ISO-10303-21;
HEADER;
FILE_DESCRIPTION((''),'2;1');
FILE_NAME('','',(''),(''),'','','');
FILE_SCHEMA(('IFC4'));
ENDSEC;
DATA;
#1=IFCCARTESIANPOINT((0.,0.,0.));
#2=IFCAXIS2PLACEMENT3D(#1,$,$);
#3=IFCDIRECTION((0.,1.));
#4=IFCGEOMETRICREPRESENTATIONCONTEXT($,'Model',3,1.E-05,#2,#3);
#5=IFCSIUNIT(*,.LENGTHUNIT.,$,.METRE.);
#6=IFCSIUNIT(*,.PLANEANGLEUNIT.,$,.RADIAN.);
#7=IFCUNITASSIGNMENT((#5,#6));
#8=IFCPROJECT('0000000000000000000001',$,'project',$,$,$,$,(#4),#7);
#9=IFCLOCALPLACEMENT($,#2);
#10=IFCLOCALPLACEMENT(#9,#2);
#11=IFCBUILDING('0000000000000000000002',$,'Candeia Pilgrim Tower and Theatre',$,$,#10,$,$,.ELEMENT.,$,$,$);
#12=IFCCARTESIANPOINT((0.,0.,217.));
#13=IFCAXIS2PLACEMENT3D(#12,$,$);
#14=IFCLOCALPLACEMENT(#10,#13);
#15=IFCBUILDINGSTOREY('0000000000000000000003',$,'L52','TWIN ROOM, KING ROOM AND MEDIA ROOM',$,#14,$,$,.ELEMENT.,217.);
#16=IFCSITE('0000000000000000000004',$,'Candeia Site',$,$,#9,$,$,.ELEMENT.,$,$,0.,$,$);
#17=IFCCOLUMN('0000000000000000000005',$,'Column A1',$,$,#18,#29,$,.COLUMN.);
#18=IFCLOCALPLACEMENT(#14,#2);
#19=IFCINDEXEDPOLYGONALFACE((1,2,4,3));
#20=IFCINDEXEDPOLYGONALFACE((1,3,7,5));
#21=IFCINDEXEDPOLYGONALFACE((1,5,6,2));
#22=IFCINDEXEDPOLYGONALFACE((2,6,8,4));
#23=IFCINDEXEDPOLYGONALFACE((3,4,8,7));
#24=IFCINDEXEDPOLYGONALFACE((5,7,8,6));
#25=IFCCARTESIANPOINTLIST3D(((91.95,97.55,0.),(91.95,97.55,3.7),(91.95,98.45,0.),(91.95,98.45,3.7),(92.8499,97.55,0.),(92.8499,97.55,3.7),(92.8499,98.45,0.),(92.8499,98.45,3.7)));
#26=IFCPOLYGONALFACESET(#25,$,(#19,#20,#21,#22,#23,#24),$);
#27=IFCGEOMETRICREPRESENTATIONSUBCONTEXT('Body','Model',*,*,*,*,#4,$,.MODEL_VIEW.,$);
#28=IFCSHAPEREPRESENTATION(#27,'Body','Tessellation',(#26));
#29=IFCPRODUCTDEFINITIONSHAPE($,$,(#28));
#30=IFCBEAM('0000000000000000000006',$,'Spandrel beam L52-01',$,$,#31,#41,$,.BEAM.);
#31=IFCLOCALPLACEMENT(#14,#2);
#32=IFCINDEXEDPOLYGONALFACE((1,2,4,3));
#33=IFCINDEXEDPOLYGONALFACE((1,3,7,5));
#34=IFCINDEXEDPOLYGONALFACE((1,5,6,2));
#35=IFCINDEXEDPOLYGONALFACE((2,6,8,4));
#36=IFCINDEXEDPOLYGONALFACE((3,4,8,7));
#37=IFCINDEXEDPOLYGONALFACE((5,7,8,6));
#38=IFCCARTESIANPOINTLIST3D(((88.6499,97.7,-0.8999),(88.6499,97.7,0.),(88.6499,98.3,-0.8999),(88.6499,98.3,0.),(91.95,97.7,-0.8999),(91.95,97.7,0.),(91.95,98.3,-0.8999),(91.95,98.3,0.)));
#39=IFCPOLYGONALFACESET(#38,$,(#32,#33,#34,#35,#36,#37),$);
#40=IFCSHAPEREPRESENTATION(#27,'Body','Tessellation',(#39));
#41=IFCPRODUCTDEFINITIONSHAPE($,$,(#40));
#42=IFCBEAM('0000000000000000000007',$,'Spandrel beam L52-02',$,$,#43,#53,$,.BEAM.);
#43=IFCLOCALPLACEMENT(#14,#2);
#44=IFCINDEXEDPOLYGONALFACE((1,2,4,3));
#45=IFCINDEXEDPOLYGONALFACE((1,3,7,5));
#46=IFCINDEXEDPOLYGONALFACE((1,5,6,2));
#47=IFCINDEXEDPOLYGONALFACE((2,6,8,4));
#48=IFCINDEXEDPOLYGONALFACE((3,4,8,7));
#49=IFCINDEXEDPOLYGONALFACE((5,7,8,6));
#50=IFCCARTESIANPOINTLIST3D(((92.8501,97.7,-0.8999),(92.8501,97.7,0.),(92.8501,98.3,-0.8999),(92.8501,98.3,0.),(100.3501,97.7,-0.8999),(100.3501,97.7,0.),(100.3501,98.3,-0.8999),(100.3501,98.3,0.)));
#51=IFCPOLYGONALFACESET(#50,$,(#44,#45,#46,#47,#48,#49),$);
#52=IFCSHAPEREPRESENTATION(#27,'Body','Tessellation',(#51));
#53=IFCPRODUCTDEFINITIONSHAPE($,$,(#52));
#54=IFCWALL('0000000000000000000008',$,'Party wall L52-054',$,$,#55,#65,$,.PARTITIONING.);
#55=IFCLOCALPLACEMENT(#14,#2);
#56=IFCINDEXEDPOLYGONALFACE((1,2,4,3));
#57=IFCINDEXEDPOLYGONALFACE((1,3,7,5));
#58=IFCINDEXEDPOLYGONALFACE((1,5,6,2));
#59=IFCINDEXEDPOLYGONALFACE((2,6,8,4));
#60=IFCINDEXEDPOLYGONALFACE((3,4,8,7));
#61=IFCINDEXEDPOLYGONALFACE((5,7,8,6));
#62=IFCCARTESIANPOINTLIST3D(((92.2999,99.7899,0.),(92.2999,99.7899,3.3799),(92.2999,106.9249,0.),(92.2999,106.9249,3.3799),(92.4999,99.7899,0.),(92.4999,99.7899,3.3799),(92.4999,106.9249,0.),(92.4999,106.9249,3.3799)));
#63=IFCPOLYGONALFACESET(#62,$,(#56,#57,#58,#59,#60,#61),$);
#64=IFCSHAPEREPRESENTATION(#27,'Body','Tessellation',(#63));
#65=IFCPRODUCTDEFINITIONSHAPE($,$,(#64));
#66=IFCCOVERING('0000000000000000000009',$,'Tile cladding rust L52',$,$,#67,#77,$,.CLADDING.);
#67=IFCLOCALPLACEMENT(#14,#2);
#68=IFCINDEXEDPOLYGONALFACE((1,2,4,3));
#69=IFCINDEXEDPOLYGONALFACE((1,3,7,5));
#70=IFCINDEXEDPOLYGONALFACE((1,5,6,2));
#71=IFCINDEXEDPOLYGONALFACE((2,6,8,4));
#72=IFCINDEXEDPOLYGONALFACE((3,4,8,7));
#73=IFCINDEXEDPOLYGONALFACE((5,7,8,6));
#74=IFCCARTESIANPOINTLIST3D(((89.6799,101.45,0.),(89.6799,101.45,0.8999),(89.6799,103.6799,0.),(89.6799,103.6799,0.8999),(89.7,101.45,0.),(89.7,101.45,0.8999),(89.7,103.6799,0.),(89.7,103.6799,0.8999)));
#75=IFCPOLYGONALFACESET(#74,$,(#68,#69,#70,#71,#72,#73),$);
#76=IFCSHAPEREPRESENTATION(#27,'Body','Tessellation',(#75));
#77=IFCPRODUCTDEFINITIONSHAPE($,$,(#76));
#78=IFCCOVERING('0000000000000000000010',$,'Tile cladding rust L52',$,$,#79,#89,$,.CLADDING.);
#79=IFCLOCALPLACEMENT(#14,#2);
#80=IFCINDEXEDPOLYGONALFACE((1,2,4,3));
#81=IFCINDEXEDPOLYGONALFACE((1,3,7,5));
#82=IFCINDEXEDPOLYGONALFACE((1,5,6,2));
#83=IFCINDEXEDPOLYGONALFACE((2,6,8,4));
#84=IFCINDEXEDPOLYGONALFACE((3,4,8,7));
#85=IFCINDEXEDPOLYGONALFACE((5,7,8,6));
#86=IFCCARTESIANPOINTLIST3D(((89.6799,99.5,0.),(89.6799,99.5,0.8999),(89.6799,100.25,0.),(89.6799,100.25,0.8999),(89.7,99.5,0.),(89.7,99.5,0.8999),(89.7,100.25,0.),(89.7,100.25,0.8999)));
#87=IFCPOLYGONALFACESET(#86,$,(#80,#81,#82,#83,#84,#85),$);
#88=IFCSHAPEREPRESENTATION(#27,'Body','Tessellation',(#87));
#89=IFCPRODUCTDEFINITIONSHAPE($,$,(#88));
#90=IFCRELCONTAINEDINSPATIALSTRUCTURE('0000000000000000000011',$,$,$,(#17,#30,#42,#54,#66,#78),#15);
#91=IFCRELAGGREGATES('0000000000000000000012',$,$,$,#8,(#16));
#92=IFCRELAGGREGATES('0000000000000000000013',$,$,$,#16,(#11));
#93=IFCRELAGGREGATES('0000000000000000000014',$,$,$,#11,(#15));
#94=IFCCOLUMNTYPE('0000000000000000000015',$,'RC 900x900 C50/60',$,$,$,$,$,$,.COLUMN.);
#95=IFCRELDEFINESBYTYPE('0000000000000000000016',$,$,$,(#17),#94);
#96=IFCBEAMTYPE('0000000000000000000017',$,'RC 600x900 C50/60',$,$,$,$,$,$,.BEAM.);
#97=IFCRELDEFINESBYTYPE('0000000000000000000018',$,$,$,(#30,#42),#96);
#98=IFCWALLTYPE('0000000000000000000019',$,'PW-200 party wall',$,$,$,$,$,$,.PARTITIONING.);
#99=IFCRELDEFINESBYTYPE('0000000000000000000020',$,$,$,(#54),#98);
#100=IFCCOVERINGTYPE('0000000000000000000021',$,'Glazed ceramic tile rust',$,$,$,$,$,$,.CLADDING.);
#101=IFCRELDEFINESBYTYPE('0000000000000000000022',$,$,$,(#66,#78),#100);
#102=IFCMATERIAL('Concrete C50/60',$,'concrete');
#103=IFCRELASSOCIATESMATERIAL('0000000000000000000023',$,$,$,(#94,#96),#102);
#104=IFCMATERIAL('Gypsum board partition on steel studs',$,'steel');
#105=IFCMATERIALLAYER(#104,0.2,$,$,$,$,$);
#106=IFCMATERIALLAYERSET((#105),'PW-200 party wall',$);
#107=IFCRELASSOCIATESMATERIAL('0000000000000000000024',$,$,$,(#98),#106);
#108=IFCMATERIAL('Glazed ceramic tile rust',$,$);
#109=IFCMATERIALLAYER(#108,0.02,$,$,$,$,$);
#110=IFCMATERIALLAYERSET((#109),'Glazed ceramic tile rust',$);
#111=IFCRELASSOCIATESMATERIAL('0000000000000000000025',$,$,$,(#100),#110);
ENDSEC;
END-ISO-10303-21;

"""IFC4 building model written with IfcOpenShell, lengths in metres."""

from ifc_helpers import new_model, si_unit, direction, frame, frame_2d, origin, origin_2d, place, context, subcontext, project, spatial, rectangle, extrude, material, layer, layer_set, material_profile, profile_set, type_object, element, save


model = new_model("IFC4")

# Units and contexts
model_context = context("Model", 3, precision=1e-05, world=origin(), true_north=direction((0.0, 1.0)))
body_context = subcontext(model_context, "Body", "Model", "MODEL_VIEW")
ifc_project = project(units=[si_unit("LENGTHUNIT", "METRE"), si_unit("PLANEANGLEUNIT", "RADIAN")], contexts=[model_context])

# Site, building, storey
site_placement = place(None, origin())
site = spatial("IfcSite", under=ifc_project, at=site_placement, Name="Candeia Site", CompositionType="ELEMENT", RefElevation=0.0)
building_placement = place(site_placement, origin())
building = spatial("IfcBuilding", under=site, at=building_placement, Name="Candeia Pilgrim Tower and Theatre", CompositionType="ELEMENT")
storey_placement = place(building_placement, frame((0.0, 0.0, 217.0)))
storey = spatial("IfcBuildingStorey", under=building, at=storey_placement, Name="L52", Description="TWIN ROOM, KING ROOM AND MEDIA ROOM", CompositionType="ELEMENT", Elevation=217.0)

# Column
ifc_material_1 = material(Name="Concrete C50/60", Category="concrete")
ifc_material_profile_1 = material_profile(ifc_material_1, rectangle(XDim=0.8999, YDim=0.8999, at=origin_2d()))
ifc_profile_set_1 = profile_set([ifc_material_profile_1], Name="Concrete C50/60")
column_type = type_object("IfcColumnType", Name="RC 900x900 C50/60", PredefinedType="COLUMN", material=ifc_profile_set_1)
column_placement = place(storey_placement, frame((92.3999, 98.0, 0.0), z_axis=(0.0, 0.0, 1.0), x_axis=(1.0, 0.0, 0.0)))
element("IfcColumn", 1, at=column_placement, inside=storey, type_object=column_type, Name="Column A1", PredefinedType="COLUMN", context=body_context, shape_type="SweptSolid", body=[
    extrude(rectangle(XDim=0.8999, YDim=0.8999, at=origin_2d()), origin(), (0.0, 0.0, 1.0), 3.7),
])

# Beams
ifc_material_profile_2 = material_profile(ifc_material_1, rectangle(XDim=0.6001, YDim=0.8999, at=origin_2d()))
ifc_profile_set_2 = profile_set([ifc_material_profile_2], Name="Concrete C50/60")
beam_type = type_object("IfcBeamType", Name="RC 600x900 C50/60", PredefinedType="BEAM", material=ifc_profile_set_2)
beam_1_placement = place(storey_placement, frame((88.6499, 98.0, -0.45), z_axis=(1.0, 0.0, 0.0), x_axis=(0.0, 1.0, 0.0)))
element("IfcBeam", 2, at=beam_1_placement, inside=storey, type_object=beam_type, Name="Spandrel beam L52-01", PredefinedType="BEAM", context=body_context, shape_type="SweptSolid", body=[
    extrude(rectangle(XDim=0.6001, YDim=0.8999, at=origin_2d()), origin(), (0.0, 0.0, 1.0), 3.3),
])
beam_2_placement = place(storey_placement, frame((92.8501, 98.0, -0.45), z_axis=(1.0, 0.0, 0.0), x_axis=(0.0, 1.0, 0.0)))
element("IfcBeam", 3, at=beam_2_placement, inside=storey, type_object=beam_type, Name="Spandrel beam L52-02", PredefinedType="BEAM", context=body_context, shape_type="SweptSolid", body=[
    extrude(rectangle(XDim=0.6001, YDim=0.8999, at=origin_2d()), origin(), (0.0, 0.0, 1.0), 7.5),
])

# Wall
ifc_material_2 = material(Name="Gypsum board partition on steel studs", Category="steel")
ifc_layer_1 = layer(ifc_material_2, 0.2)
ifc_layer_set_1 = layer_set([ifc_layer_1], Name="PW-200 party wall")
wall_type_1 = type_object("IfcWallType", Name="PW-200 party wall", PredefinedType="PARTITIONING", material=ifc_layer_set_1)
wall_1_placement = place(storey_placement, frame((92.3999, 99.79, 0.0), z_axis=(0.0, 0.0, 1.0), x_axis=(0.0, 1.0, 0.0)))
element("IfcWall", 4, at=wall_1_placement, inside=storey, type_object=wall_type_1, Name="Party wall L52-054", PredefinedType="PARTITIONING", context=body_context, shape_type="SweptSolid", body=[
    extrude(rectangle(XDim=7.135, YDim=0.2, at=frame_2d((3.5674, 0.0))), origin(), (0.0, 0.0, 1.0), 3.3799),
])

# Coverings
ifc_material_3 = material(Name="Glazed ceramic tile rust")
ifc_layer_2 = layer(ifc_material_3, 0.02)
ifc_layer_set_2 = layer_set([ifc_layer_2], Name="Glazed ceramic tile rust")
covering_type = type_object("IfcCoveringType", Name="Glazed ceramic tile rust", PredefinedType="CLADDING", material=ifc_layer_set_2)
covering_1_placement = place(storey_placement, frame((89.6899, 102.5649, 0.0), z_axis=(0.0, 0.0, 1.0), x_axis=(0.0, -1.0, 0.0)))
element("IfcCovering", 5, at=covering_1_placement, inside=storey, type_object=covering_type, Name="Tile cladding rust L52", PredefinedType="CLADDING", context=body_context, shape_type="SweptSolid", body=[
    extrude(rectangle(XDim=2.23, YDim=0.02, at=origin_2d()), origin(), (0.0, 0.0, 1.0), 0.8999),
])
covering_2_placement = place(storey_placement, frame((89.6899, 99.875, 0.0), z_axis=(0.0, 0.0, 1.0), x_axis=(0.0, -1.0, 0.0)))
element("IfcCovering", 6, at=covering_2_placement, inside=storey, type_object=covering_type, Name="Tile cladding rust L52", PredefinedType="CLADDING", context=body_context, shape_type="SweptSolid", body=[
    extrude(rectangle(XDim=0.75, YDim=0.02, at=origin_2d()), origin(), (0.0, 0.0, 1.0), 0.8999),
])

save(model, "model.ifc")
